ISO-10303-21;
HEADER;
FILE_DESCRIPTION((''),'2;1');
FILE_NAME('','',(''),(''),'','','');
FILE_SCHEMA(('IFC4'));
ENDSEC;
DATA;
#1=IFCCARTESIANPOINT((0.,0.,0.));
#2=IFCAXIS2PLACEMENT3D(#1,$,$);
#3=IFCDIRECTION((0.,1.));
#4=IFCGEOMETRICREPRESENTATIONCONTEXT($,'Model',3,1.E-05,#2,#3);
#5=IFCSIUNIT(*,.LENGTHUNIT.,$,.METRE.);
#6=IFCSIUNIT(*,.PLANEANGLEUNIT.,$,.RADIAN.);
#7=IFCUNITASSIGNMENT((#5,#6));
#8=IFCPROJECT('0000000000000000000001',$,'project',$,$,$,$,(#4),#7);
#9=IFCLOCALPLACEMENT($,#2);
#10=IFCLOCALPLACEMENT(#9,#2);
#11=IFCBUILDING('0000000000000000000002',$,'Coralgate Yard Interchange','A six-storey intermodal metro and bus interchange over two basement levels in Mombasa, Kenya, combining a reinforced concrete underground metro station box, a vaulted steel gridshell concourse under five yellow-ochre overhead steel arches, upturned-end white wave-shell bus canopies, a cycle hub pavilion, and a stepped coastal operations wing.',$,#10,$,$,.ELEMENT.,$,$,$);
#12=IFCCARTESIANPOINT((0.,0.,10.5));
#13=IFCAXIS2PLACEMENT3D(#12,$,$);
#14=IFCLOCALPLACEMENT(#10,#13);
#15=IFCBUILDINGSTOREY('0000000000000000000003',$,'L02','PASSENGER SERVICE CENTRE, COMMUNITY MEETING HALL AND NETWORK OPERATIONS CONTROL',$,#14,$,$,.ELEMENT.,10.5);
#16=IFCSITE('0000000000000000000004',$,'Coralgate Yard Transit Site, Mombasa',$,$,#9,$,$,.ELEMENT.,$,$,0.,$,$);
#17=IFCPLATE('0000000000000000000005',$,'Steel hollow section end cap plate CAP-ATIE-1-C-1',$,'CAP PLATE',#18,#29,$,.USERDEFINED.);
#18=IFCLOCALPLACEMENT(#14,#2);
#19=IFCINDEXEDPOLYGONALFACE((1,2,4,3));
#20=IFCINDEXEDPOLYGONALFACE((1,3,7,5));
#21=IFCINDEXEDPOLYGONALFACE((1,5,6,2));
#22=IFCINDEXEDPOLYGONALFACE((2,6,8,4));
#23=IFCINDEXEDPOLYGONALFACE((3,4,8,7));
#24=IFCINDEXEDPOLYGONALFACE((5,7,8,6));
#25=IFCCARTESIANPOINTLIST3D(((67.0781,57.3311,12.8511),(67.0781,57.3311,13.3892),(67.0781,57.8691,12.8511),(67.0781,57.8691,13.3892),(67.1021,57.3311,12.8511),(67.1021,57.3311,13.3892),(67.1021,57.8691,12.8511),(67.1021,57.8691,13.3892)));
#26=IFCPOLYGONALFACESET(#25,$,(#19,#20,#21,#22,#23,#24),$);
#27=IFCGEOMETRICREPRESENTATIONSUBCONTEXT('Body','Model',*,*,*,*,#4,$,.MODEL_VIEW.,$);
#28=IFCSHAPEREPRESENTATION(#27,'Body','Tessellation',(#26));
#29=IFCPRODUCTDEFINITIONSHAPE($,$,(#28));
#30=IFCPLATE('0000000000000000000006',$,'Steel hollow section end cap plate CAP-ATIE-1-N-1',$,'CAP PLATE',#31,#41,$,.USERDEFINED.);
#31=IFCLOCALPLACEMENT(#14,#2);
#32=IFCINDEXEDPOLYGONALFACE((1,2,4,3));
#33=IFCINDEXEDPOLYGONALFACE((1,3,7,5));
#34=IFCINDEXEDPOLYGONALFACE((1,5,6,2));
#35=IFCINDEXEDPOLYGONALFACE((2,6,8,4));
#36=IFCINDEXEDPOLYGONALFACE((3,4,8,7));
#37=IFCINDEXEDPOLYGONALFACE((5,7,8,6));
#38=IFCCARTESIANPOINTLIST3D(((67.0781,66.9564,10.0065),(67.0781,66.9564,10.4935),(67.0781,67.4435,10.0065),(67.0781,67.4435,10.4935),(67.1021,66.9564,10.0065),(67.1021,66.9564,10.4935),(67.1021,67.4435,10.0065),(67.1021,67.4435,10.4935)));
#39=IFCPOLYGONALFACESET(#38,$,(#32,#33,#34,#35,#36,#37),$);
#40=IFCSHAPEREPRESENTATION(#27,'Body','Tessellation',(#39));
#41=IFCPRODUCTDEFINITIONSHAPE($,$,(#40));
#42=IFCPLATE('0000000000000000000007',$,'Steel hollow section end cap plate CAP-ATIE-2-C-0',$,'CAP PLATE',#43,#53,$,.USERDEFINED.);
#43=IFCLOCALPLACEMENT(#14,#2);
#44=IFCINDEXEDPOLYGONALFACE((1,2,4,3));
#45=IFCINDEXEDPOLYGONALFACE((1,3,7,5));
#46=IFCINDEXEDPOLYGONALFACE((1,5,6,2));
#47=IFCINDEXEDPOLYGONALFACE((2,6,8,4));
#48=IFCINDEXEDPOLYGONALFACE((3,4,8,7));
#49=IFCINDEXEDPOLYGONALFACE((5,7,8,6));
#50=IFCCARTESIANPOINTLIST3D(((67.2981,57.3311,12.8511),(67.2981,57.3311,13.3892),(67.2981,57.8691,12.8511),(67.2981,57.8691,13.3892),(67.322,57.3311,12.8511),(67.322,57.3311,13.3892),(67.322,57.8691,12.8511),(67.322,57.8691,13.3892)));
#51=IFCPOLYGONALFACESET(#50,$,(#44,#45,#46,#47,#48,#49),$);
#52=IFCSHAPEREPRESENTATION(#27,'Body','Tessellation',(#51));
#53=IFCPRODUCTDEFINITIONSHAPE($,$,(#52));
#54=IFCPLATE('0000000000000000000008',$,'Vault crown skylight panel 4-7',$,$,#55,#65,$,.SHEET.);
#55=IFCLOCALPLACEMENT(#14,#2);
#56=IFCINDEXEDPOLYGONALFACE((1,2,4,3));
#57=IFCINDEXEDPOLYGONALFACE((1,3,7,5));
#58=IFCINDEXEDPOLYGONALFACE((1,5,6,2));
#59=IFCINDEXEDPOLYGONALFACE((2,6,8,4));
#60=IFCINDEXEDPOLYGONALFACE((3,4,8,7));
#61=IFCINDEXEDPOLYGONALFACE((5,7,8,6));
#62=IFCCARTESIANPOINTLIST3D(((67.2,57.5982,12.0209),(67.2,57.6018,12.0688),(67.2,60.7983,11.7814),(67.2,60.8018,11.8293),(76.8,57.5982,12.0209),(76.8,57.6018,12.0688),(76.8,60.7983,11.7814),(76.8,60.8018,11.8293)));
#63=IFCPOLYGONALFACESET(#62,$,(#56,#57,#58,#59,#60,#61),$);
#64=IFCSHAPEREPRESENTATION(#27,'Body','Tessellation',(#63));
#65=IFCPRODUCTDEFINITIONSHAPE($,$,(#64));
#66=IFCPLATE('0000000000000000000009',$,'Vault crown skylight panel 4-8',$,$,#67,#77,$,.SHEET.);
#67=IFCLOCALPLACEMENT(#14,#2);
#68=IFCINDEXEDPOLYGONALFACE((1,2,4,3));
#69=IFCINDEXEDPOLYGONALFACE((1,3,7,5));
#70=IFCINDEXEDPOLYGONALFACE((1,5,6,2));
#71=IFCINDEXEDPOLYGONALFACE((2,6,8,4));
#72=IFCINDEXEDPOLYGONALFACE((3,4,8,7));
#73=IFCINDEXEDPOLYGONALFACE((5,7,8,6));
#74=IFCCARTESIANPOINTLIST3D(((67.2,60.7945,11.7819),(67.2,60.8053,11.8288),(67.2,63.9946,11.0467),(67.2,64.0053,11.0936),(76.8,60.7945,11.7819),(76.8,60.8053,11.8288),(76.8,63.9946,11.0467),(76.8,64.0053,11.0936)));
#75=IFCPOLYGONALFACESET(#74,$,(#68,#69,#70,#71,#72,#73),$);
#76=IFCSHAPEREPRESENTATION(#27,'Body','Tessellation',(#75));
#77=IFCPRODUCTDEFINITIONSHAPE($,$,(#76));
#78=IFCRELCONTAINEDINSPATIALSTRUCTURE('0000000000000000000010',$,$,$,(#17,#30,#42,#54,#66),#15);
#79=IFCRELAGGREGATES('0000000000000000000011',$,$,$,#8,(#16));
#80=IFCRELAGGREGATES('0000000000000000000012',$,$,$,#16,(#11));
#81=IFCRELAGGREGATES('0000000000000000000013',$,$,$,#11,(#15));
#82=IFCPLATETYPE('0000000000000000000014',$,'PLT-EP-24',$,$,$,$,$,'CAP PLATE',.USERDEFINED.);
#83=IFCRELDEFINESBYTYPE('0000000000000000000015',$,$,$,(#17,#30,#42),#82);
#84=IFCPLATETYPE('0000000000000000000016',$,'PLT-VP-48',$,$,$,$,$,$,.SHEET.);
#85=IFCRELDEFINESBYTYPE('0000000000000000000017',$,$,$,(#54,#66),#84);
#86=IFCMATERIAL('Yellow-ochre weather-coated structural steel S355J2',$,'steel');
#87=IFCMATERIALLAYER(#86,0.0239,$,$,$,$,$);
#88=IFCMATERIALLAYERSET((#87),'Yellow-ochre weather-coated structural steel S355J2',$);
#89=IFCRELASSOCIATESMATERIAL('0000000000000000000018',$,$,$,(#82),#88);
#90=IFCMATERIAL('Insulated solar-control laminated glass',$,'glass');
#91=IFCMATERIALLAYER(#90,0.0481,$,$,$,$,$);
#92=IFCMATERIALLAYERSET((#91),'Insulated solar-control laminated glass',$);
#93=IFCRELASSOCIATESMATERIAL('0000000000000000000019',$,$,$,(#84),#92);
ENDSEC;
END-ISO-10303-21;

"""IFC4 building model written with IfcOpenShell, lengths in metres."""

from ifc_helpers import new_model, si_unit, direction, frame, origin, origin_2d, place, context, subcontext, project, spatial, rectangle, extrude, material, layer, layer_set, type_object, element, save


model = new_model("IFC4")

# Units and contexts
model_context = context("Model", 3, precision=1e-05, world=origin(), true_north=direction((0.0, 1.0)))
body_context = subcontext(model_context, "Body", "Model", "MODEL_VIEW")
ifc_project = project(units=[si_unit("LENGTHUNIT", "METRE"), si_unit("PLANEANGLEUNIT", "RADIAN")], contexts=[model_context])

# Site, building, storey
site_placement = place(None, origin())
site = spatial("IfcSite", under=ifc_project, at=site_placement, Name="Coralgate Yard Transit Site, Mombasa", CompositionType="ELEMENT", RefElevation=0.0)
building_placement = place(site_placement, origin())
building = spatial("IfcBuilding", under=site, at=building_placement, Name="Coralgate Yard Interchange", Description="A six-storey intermodal metro and bus interchange over two basement levels in Mombasa, Kenya, combining a reinforced concrete underground metro station box, a vaulted steel gridshell concourse under five yellow-ochre overhead steel arches, upturned-end white wave-shell bus canopies, a cycle hub pavilion, and a stepped coastal operations wing.", CompositionType="ELEMENT")
storey_placement = place(building_placement, frame((0.0, 0.0, 10.5)))
storey = spatial("IfcBuildingStorey", under=building, at=storey_placement, Name="L02", Description="PASSENGER SERVICE CENTRE, COMMUNITY MEETING HALL AND NETWORK OPERATIONS CONTROL", CompositionType="ELEMENT", Elevation=10.5)

# Shared definitions
ifc_material_1 = material(Name="Yellow-ochre weather-coated structural steel S355J2", Category="steel")

# Plates
ifc_layer_1 = layer(ifc_material_1, 0.0239)
ifc_layer_set_1 = layer_set([ifc_layer_1], Name="Yellow-ochre weather-coated structural steel S355J2")
plate_type_1 = type_object("IfcPlateType", Name="PLT-EP-24", ElementType="CAP PLATE", PredefinedType="USERDEFINED", material=ifc_layer_set_1)
plate_1_placement = place(storey_placement, frame((67.0781, 57.6001, 13.1201), z_axis=(1.0, 0.0, 0.0), x_axis=(0.0, 1.0, 0.0)))
element("IfcPlate", 1, at=plate_1_placement, inside=storey, type_object=plate_type_1, Name="Steel hollow section end cap plate CAP-ATIE-1-C-1", ObjectType="CAP PLATE", PredefinedType="USERDEFINED", context=body_context, shape_type="SweptSolid", body=[
    extrude(rectangle(XDim=0.5381, YDim=0.5381, at=origin_2d()), origin(), (0.0, 0.0, 1.0), 0.0239),
])
plate_2_placement = place(storey_placement, frame((67.0781, 67.2, 10.25), z_axis=(1.0, 0.0, 0.0), x_axis=(0.0, 1.0, 0.0)))
element("IfcPlate", 2, at=plate_2_placement, inside=storey, type_object=plate_type_1, Name="Steel hollow section end cap plate CAP-ATIE-1-N-1", ObjectType="CAP PLATE", PredefinedType="USERDEFINED", context=body_context, shape_type="SweptSolid", body=[
    extrude(rectangle(XDim=0.4871, YDim=0.4871, at=origin_2d()), origin(), (0.0, 0.0, 1.0), 0.0239),
])
plate_3_placement = place(storey_placement, frame((67.322, 57.6001, 13.1201), z_axis=(-1.0, 0.0, 0.0), x_axis=(0.0, -1.0, 0.0)))
element("IfcPlate", 3, at=plate_3_placement, inside=storey, type_object=plate_type_1, Name="Steel hollow section end cap plate CAP-ATIE-2-C-0", ObjectType="CAP PLATE", PredefinedType="USERDEFINED", context=body_context, shape_type="SweptSolid", body=[
    extrude(rectangle(XDim=0.5381, YDim=0.5381, at=origin_2d()), origin(), (0.0, 0.0, 1.0), 0.0239),
])
ifc_material_2 = material(Name="Insulated solar-control laminated glass", Category="glass")
ifc_layer_2 = layer(ifc_material_2, 0.0481)
ifc_layer_set_2 = layer_set([ifc_layer_2], Name="Insulated solar-control laminated glass")
plate_type_2 = type_object("IfcPlateType", Name="PLT-VP-48", PredefinedType="SHEET", material=ifc_layer_set_2)
plate_4_placement = place(storey_placement, frame((72.0, 59.1982, 11.9011), z_axis=(0.0, 0.074635, 0.997211), x_axis=(1.0, 0.0, 0.0)))
element("IfcPlate", 4, at=plate_4_placement, inside=storey, type_object=plate_type_2, Name="Vault crown skylight panel 4-7", PredefinedType="SHEET", context=body_context, shape_type="SweptSolid", body=[
    extrude(rectangle(XDim=9.6001, YDim=3.209, at=origin_2d()), origin(), (0.0, 0.0, 1.0), 0.0481),
])
plate_5_placement = place(storey_placement, frame((72.0, 62.3945, 11.4143), z_axis=(0.0, 0.223916, 0.974608), x_axis=(1.0, 0.0, 0.0)))
element("IfcPlate", 5, at=plate_5_placement, inside=storey, type_object=plate_type_2, Name="Vault crown skylight panel 4-8", PredefinedType="SHEET", context=body_context, shape_type="SweptSolid", body=[
    extrude(rectangle(XDim=9.6001, YDim=3.2834, at=origin_2d()), origin(), (0.0, 0.0, 1.0), 0.0481),
])

save(model, "model.ifc")
